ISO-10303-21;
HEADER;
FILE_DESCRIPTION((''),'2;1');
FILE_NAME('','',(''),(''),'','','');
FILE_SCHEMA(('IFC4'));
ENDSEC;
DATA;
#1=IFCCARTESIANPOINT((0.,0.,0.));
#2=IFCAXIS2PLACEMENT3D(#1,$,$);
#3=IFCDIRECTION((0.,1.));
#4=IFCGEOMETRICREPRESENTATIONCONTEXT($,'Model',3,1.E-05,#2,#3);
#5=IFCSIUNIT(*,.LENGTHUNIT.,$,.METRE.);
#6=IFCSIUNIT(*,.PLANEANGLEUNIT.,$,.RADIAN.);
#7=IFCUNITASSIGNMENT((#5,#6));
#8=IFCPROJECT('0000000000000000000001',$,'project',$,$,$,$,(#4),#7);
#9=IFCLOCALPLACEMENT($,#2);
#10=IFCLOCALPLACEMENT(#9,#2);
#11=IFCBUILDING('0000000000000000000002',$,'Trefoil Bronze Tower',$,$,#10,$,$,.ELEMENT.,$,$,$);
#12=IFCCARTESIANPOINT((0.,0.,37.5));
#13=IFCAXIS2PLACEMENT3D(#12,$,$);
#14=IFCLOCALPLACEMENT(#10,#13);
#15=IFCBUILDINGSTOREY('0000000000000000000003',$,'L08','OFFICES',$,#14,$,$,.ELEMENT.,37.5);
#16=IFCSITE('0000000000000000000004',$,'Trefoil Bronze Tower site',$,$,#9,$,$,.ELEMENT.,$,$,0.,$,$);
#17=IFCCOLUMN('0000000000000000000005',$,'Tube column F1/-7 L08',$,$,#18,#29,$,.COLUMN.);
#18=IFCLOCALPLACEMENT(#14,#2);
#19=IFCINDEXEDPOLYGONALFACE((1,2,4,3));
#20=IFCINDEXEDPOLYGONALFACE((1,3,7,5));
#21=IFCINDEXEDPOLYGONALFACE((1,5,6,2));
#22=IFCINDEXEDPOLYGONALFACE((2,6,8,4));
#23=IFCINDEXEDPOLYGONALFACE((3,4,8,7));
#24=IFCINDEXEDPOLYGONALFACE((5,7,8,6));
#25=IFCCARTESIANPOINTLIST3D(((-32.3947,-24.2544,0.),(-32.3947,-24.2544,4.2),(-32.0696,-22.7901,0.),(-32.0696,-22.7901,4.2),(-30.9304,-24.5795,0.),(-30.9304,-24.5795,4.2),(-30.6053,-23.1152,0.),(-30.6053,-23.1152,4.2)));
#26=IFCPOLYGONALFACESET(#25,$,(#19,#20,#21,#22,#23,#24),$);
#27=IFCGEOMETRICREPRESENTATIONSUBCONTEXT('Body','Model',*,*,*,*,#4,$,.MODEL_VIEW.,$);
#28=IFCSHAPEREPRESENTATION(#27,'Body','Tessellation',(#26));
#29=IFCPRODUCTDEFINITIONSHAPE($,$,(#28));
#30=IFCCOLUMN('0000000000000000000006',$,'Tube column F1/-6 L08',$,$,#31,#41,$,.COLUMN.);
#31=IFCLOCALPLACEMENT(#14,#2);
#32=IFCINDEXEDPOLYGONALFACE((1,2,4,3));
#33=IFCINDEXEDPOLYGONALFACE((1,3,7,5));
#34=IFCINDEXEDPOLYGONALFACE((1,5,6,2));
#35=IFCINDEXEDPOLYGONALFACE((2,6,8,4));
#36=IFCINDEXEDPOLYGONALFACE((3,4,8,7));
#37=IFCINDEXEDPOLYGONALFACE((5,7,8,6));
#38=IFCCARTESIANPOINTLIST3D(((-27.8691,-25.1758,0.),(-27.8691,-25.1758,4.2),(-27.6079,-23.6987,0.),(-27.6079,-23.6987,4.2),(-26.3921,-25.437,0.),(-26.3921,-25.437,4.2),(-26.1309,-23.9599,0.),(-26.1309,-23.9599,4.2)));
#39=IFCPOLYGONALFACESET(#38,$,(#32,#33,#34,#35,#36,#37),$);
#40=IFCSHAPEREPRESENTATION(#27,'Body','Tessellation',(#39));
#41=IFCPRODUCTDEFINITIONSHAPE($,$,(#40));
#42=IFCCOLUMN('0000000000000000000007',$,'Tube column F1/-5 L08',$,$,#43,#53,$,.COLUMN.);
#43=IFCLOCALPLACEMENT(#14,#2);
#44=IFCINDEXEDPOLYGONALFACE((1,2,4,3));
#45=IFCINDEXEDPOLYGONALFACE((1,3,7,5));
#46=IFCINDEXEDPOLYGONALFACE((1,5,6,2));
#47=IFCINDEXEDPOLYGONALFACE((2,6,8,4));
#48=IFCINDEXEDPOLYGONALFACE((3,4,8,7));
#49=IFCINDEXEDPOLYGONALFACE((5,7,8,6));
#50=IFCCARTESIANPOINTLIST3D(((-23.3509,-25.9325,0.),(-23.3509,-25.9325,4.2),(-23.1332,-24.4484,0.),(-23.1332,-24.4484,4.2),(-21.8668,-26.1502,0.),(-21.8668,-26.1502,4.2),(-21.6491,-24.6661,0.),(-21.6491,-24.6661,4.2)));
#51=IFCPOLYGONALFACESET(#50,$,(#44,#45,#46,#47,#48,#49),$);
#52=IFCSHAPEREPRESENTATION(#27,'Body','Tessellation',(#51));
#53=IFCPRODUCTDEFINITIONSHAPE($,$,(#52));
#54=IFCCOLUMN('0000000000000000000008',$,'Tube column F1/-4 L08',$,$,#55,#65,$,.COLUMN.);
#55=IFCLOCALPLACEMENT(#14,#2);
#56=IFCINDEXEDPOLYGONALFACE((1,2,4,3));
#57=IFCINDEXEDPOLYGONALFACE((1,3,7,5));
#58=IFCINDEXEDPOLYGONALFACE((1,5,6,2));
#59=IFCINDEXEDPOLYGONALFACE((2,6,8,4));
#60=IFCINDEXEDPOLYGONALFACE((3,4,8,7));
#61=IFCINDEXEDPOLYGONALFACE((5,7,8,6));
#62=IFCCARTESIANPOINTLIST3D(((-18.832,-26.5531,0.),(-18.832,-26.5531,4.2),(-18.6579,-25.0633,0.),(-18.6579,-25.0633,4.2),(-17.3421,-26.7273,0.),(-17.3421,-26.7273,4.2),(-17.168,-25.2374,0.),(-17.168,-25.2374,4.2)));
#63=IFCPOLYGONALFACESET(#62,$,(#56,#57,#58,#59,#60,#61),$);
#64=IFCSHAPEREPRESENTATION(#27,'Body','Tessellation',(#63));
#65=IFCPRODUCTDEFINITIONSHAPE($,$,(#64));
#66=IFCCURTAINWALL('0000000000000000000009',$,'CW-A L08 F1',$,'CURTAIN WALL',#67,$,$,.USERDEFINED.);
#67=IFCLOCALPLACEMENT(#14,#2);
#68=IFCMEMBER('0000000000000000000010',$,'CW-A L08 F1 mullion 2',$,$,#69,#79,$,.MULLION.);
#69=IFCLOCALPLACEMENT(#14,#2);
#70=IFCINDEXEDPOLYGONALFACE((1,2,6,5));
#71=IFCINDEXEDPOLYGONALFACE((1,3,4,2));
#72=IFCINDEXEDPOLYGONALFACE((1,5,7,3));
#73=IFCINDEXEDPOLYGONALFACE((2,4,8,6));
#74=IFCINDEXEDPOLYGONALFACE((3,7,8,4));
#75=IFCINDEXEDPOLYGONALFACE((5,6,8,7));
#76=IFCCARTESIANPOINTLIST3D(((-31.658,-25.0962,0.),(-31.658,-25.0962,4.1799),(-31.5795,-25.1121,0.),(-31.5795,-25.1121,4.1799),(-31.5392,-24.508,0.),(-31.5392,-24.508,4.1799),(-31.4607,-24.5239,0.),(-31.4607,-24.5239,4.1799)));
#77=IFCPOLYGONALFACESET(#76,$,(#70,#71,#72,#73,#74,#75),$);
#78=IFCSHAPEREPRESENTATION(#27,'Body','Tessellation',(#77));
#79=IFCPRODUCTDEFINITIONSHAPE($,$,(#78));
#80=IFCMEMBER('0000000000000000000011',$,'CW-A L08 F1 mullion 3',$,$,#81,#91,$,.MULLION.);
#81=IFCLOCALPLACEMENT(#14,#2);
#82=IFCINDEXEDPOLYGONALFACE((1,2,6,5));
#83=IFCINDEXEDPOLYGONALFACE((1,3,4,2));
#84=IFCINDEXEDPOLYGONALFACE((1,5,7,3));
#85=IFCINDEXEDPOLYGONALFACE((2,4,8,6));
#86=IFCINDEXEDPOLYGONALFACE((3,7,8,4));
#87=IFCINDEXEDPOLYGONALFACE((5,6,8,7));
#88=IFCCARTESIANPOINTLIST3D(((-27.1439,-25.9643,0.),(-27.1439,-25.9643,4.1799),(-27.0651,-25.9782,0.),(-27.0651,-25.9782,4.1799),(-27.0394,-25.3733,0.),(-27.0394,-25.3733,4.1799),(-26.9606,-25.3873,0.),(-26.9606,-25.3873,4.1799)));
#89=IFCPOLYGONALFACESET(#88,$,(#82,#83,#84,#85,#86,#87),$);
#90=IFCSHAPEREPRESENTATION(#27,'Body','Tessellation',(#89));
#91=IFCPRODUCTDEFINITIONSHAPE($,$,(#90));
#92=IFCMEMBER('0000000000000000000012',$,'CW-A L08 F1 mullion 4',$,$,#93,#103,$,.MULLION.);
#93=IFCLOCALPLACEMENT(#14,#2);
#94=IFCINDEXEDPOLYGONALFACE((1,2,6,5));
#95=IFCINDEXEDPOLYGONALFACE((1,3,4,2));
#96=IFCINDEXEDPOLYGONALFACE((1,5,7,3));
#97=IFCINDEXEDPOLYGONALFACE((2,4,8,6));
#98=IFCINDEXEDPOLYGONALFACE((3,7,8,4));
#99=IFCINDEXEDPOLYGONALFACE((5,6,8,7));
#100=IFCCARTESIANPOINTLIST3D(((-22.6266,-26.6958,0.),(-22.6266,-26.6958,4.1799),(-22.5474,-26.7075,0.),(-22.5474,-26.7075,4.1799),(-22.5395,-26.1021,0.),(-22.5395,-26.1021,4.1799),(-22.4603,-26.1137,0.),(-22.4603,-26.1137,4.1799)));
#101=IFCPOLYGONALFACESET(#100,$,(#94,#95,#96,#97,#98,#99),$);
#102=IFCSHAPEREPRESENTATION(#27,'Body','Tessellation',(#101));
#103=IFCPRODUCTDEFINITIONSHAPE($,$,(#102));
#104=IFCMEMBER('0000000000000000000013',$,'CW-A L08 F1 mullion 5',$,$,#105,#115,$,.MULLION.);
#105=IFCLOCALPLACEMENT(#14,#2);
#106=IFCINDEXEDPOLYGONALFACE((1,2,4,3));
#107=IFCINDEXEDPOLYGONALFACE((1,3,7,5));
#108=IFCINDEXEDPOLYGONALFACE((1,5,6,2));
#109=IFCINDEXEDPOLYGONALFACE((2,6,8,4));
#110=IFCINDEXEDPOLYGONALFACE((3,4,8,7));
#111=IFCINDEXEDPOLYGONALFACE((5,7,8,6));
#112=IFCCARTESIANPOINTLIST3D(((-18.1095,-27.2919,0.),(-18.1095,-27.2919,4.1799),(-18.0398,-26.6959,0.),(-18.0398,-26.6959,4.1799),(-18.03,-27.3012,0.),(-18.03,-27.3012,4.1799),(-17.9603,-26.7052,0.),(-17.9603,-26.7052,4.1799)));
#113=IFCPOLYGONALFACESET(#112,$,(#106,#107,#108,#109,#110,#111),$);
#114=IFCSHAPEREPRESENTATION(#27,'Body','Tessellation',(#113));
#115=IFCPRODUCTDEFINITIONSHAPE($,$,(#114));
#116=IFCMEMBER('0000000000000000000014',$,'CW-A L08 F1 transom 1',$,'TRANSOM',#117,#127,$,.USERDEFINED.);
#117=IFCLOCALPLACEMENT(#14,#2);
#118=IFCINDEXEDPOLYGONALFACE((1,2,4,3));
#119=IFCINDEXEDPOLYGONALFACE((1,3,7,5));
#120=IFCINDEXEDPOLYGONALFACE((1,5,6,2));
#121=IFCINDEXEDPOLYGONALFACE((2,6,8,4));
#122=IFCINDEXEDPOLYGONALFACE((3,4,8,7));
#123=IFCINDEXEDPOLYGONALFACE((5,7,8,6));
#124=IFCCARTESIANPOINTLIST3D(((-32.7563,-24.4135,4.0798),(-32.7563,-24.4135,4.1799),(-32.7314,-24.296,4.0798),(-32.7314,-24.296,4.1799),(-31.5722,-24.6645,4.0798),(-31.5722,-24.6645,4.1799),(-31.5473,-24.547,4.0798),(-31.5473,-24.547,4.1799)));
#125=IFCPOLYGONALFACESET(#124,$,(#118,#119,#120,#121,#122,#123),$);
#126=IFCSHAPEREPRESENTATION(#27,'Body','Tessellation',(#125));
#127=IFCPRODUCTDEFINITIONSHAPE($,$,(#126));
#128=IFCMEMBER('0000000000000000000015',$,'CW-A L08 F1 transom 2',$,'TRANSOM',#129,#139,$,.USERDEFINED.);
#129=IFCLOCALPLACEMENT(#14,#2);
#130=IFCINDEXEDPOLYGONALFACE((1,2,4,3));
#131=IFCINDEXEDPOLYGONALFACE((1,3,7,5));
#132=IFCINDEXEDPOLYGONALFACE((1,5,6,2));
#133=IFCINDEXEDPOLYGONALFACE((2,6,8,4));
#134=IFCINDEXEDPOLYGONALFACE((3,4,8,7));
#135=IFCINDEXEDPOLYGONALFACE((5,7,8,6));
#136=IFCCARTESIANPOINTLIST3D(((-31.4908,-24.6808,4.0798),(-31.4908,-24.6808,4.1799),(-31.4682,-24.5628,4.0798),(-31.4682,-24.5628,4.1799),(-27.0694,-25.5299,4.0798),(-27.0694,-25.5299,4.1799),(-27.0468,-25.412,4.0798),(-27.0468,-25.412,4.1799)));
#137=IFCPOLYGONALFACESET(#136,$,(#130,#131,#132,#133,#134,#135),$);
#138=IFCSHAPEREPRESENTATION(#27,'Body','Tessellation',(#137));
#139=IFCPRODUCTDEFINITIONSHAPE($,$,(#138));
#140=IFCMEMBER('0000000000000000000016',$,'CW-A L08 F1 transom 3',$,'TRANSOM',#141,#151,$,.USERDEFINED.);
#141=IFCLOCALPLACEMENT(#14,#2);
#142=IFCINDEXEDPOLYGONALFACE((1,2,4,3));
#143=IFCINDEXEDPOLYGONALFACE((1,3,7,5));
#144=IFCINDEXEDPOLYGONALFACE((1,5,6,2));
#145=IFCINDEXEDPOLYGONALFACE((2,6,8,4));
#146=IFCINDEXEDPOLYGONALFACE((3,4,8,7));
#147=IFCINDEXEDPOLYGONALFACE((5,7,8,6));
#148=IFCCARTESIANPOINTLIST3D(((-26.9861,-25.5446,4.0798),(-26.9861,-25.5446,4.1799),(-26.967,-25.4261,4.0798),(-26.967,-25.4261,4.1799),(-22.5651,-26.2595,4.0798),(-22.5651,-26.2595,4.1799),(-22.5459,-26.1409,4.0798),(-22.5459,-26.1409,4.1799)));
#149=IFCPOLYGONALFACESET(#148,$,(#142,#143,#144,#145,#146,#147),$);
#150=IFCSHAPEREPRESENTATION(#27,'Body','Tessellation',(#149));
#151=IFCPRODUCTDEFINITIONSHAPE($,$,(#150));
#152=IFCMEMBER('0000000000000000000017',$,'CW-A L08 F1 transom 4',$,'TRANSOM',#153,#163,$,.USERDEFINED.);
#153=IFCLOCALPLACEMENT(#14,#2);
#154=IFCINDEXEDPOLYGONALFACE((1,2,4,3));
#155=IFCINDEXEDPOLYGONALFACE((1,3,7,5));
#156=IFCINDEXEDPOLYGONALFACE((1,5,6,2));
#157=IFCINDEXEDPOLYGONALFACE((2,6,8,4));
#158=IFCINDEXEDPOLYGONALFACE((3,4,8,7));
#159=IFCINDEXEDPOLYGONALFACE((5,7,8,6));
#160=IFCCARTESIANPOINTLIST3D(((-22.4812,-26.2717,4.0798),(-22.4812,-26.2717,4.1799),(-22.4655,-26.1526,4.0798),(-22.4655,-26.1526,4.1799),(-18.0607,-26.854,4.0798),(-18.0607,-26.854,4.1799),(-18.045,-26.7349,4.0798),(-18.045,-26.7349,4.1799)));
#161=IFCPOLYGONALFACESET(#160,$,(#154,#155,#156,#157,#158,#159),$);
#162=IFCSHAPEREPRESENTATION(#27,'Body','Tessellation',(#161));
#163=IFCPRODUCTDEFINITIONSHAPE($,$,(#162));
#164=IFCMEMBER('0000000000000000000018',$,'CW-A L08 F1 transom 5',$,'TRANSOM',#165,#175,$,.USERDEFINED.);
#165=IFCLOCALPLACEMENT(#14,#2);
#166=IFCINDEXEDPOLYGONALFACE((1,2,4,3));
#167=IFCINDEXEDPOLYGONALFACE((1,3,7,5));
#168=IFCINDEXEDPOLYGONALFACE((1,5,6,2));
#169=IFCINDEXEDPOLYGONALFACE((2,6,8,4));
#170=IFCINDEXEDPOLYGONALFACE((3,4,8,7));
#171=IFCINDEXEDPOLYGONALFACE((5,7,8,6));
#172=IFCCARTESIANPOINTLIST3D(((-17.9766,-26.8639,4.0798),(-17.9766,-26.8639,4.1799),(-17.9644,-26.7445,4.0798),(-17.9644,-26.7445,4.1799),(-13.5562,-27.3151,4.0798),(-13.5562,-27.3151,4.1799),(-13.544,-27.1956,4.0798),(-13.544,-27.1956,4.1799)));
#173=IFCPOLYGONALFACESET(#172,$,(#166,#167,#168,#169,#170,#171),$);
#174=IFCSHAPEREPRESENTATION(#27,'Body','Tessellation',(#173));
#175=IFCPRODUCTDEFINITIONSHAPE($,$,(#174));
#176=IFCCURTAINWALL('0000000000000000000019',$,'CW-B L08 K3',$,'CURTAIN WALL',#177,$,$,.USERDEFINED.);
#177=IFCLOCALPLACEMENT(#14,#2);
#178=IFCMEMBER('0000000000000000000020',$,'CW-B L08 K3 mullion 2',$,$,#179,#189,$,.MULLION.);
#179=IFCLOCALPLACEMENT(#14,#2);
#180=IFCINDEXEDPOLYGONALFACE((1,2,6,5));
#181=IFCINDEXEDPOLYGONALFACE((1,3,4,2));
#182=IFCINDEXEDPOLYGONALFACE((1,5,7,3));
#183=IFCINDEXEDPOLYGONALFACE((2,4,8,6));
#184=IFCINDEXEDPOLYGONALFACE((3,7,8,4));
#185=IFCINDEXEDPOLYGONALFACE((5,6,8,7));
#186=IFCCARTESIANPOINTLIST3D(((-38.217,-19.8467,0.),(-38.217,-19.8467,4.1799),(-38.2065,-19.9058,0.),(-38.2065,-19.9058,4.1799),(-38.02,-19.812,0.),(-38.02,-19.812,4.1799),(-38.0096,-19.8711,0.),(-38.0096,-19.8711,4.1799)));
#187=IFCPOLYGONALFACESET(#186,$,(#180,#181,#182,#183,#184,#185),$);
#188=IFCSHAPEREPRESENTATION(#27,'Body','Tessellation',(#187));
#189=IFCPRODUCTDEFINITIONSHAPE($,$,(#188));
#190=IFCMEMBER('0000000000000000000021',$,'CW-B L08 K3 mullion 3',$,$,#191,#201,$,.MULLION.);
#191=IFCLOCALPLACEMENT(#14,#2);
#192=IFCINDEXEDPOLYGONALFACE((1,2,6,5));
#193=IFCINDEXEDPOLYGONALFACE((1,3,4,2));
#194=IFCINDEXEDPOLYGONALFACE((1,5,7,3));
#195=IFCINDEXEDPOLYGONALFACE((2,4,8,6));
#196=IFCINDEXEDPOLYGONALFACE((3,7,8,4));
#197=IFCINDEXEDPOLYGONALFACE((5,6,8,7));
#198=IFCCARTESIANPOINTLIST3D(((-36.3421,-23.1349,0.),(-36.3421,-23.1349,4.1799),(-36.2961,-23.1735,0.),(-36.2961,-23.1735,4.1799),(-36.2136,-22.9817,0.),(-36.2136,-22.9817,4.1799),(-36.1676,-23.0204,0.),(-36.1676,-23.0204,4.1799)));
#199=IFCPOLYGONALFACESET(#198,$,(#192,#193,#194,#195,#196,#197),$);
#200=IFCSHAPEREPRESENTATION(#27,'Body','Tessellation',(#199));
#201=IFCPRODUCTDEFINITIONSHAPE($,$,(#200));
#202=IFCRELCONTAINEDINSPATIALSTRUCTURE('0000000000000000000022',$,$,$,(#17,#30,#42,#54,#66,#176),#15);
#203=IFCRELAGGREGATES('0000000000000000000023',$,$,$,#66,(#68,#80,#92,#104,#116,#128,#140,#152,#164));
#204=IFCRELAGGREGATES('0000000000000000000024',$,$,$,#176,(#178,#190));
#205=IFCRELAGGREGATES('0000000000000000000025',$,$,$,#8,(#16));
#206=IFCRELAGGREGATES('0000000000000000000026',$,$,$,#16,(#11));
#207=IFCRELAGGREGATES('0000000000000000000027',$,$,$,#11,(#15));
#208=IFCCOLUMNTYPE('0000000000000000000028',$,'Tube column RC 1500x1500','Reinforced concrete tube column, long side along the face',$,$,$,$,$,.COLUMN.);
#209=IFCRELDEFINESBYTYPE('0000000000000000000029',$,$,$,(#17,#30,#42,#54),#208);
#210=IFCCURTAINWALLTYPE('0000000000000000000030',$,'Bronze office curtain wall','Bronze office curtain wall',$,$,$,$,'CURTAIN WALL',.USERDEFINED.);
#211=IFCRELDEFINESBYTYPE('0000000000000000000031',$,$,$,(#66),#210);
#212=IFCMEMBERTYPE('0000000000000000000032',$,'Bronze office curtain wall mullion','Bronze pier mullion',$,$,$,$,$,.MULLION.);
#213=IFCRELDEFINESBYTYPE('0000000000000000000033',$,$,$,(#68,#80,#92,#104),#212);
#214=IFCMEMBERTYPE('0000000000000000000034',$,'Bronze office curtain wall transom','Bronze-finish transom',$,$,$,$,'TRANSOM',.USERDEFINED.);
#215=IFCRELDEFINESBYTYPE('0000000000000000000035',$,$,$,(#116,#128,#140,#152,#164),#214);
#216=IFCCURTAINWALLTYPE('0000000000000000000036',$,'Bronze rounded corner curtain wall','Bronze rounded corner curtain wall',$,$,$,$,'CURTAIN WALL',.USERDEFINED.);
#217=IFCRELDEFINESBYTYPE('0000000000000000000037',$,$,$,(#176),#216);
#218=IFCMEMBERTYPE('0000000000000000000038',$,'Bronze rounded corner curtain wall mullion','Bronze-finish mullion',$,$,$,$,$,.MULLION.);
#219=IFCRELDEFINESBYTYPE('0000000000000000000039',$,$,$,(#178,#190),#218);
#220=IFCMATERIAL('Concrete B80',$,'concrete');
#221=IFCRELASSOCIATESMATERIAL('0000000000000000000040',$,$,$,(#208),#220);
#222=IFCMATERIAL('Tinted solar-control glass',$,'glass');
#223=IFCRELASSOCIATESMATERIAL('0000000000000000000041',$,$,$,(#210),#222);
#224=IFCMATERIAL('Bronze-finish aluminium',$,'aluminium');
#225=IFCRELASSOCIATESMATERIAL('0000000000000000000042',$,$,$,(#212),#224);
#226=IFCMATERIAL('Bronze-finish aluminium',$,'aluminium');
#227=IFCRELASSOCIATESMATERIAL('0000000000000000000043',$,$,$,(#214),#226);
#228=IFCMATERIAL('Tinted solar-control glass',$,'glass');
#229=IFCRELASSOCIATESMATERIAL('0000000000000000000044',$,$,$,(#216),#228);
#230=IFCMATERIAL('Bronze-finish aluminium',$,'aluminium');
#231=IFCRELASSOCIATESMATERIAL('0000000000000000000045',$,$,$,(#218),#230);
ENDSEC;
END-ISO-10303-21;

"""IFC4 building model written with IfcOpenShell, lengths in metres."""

from ifc_helpers import new_model, si_unit, direction, frame, origin, origin_2d, place, context, subcontext, project, spatial, rectangle, extrude, material, material_profile, profile_set, type_object, element, aggregate, save


model = new_model("IFC4")

# Units and contexts
model_context = context("Model", 3, precision=1e-05, world=origin(), true_north=direction((0.0, 1.0)))
body_context = subcontext(model_context, "Body", "Model", "MODEL_VIEW")
ifc_project = project(units=[si_unit("LENGTHUNIT", "METRE"), si_unit("PLANEANGLEUNIT", "RADIAN")], contexts=[model_context])

# Site, building, storey
site_placement = place(None, origin())
site = spatial("IfcSite", under=ifc_project, at=site_placement, Name="Trefoil Bronze Tower site", CompositionType="ELEMENT", RefElevation=0.0)
building_placement = place(site_placement, origin())
building = spatial("IfcBuilding", under=site, at=building_placement, Name="Trefoil Bronze Tower", CompositionType="ELEMENT")
storey_placement = place(building_placement, frame((0.0, 0.0, 37.5)))
storey = spatial("IfcBuildingStorey", under=building, at=storey_placement, Name="L08", Description="OFFICES", CompositionType="ELEMENT", Elevation=37.5)

# Columns
ifc_material_1 = material(Name="Concrete B80", Category="concrete")
ifc_material_profile_1 = material_profile(ifc_material_1, rectangle(XDim=1.5, YDim=1.5, at=origin_2d()), Name="RC 1500x1500")
ifc_profile_set_1 = profile_set([ifc_material_profile_1], Name="Concrete B80")
column_type = type_object("IfcColumnType", Name="Tube column RC 1500x1500", Description="Reinforced concrete tube column, long side along the face", PredefinedType="COLUMN", material=ifc_profile_set_1)
for number, where, z_axis, x_axis, name in (
    (1, (-31.5, -23.6848, 0.0), (0.0, 0.0, 1.0), (0.97623, -0.216739, 0.0), "Tube column F1/-7 L08"),
    (2, (-27.0, -24.5679, 0.0), (0.0, 0.0, 1.0), (0.984722, -0.174131, 0.0), "Tube column F1/-6 L08"),
    (3, (-22.5, -25.2993, 0.0), (0.0, 0.0, 1.0), (0.989416, -0.145109, 0.0), "Tube column F1/-5 L08"),
    (4, (-18.0, -25.8953, 0.0), (0.0, 0.0, 1.0), (0.993239, -0.116087, 0.0), "Tube column F1/-4 L08"),
):
    element("IfcColumn", number, at=place(storey_placement, frame(where, z_axis=z_axis, x_axis=x_axis)), inside=storey, type_object=column_type, Name=name, PredefinedType="COLUMN", context=body_context, shape_type="SweptSolid", body=[
        extrude(rectangle(XDim=1.5, YDim=1.5, at=origin_2d()), origin(), (0.0, 0.0, 1.0), 4.2),
    ])

# Curtain walls, members
ifc_material_2 = material(Name="Tinted solar-control glass", Category="glass")
curtain_wall_type_1 = type_object("IfcCurtainWallType", Name="Bronze office curtain wall", Description="Bronze office curtain wall", ElementType="CURTAIN WALL", PredefinedType="USERDEFINED", material=ifc_material_2)
curtain_wall_1_placement = place(storey_placement, origin())
curtain_wall_1 = element("IfcCurtainWall", 5, at=curtain_wall_1_placement, inside=storey, type_object=curtain_wall_type_1, Name="CW-A L08 F1", ObjectType="CURTAIN WALL", PredefinedType="USERDEFINED")
ifc_material_3 = material(Name="Bronze-finish aluminium", Category="aluminium")
ifc_material_profile_2 = material_profile(ifc_material_3, rectangle(XDim=0.6001, YDim=0.0801, at=origin_2d()), Name="CW-A mullion")
ifc_profile_set_2 = profile_set([ifc_material_profile_2], Name="Bronze-finish aluminium")
member_type_1 = type_object("IfcMemberType", Name="Bronze office curtain wall mullion", Description="Bronze pier mullion", PredefinedType="MULLION", material=ifc_profile_set_2)
member_1_placement = place(storey_placement, frame((-31.5593, -24.8101, 0.0), z_axis=(0.0, 0.0, 1.0), x_axis=(0.19791, 0.98022, 0.0)))
member_1 = element("IfcMember", 6, at=member_1_placement, type_object=member_type_1, Name="CW-A L08 F1 mullion 2", PredefinedType="MULLION", context=body_context, shape_type="SweptSolid", body=[
    extrude(rectangle(XDim=0.6001, YDim=0.0801, at=origin_2d()), origin(), (0.0, 0.0, 1.0), 4.1799),
])
member_2_placement = place(storey_placement, frame((-27.0522, -25.6758, 0.0), z_axis=(0.0, 0.0, 1.0), x_axis=(0.174131, 0.984722, 0.0)))
member_2 = element("IfcMember", 7, at=member_2_placement, type_object=member_type_1, Name="CW-A L08 F1 mullion 3", PredefinedType="MULLION", context=body_context, shape_type="SweptSolid", body=[
    extrude(rectangle(XDim=0.6001, YDim=0.0801, at=origin_2d()), origin(), (0.0, 0.0, 1.0), 4.1799),
])
member_3_placement = place(storey_placement, frame((-22.5435, -26.4048, 0.0), z_axis=(0.0, 0.0, 1.0), x_axis=(0.145109, 0.989416, 0.0)))
member_3 = element("IfcMember", 8, at=member_3_placement, type_object=member_type_1, Name="CW-A L08 F1 mullion 4", PredefinedType="MULLION", context=body_context, shape_type="SweptSolid", body=[
    extrude(rectangle(XDim=0.6001, YDim=0.0801, at=origin_2d()), origin(), (0.0, 0.0, 1.0), 4.1799),
])
member_4_placement = place(storey_placement, frame((-18.0349, -26.9985, 0.0), z_axis=(0.0, 0.0, 1.0), x_axis=(0.116087, 0.993239, 0.0)))
member_4 = element("IfcMember", 9, at=member_4_placement, type_object=member_type_1, Name="CW-A L08 F1 mullion 5", PredefinedType="MULLION", context=body_context, shape_type="SweptSolid", body=[
    extrude(rectangle(XDim=0.6001, YDim=0.0801, at=origin_2d()), origin(), (0.0, 0.0, 1.0), 4.1799),
])
ifc_material_4 = material(Name="Bronze-finish aluminium", Category="aluminium")
ifc_material_profile_3 = material_profile(ifc_material_4, rectangle(XDim=0.1201, YDim=0.1001, at=origin_2d()), Name="CW-A transom")
ifc_profile_set_3 = profile_set([ifc_material_profile_3], Name="Bronze-finish aluminium")
member_type_2 = type_object("IfcMemberType", Name="Bronze office curtain wall transom", Description="Bronze-finish transom", ElementType="TRANSOM", PredefinedType="USERDEFINED", material=ifc_profile_set_3)
member_5_placement = place(storey_placement, frame((-32.7439, -24.3547, 4.1299), z_axis=(0.978266, -0.207352, 0.0), x_axis=(0.207352, 0.978266, 0.0)))
member_5 = element("IfcMember", 10, at=member_5_placement, type_object=member_type_2, Name="CW-A L08 F1 transom 1", ObjectType="TRANSOM", PredefinedType="USERDEFINED", context=body_context, shape_type="SweptSolid", body=[
    extrude(rectangle(XDim=0.1201, YDim=0.1001, at=origin_2d()), origin(), (0.0, 0.0, 1.0), 1.2104),
])
member_6_placement = place(storey_placement, frame((-31.4795, -24.6218, 4.1299), z_axis=(0.982054, -0.188602, 0.0), x_axis=(0.188602, 0.982054, 0.0)))
member_6 = element("IfcMember", 11, at=member_6_placement, type_object=member_type_2, Name="CW-A L08 F1 transom 2", ObjectType="TRANSOM", PredefinedType="USERDEFINED", context=body_context, shape_type="SweptSolid", body=[
    extrude(rectangle(XDim=0.1201, YDim=0.1001, at=origin_2d()), origin(), (0.0, 0.0, 1.0), 4.5022),
])
member_7_placement = place(storey_placement, frame((-26.9766, -25.4854, 4.1299), z_axis=(0.987179, -0.159615, 0.0), x_axis=(0.159615, 0.987179, 0.0)))
member_7 = element("IfcMember", 12, at=member_7_placement, type_object=member_type_2, Name="CW-A L08 F1 transom 3", ObjectType="TRANSOM", PredefinedType="USERDEFINED", context=body_context, shape_type="SweptSolid", body=[
    extrude(rectangle(XDim=0.1201, YDim=0.1001, at=origin_2d()), origin(), (0.0, 0.0, 1.0), 4.4785),
])
member_8_placement = place(storey_placement, frame((-22.4734, -26.2122, 4.1299), z_axis=(0.991437, -0.130589, 0.0), x_axis=(0.130589, 0.991437, 0.0)))
member_8 = element("IfcMember", 13, at=member_8_placement, type_object=member_type_2, Name="CW-A L08 F1 transom 4", ObjectType="TRANSOM", PredefinedType="USERDEFINED", context=body_context, shape_type="SweptSolid", body=[
    extrude(rectangle(XDim=0.1201, YDim=0.1001, at=origin_2d()), origin(), (0.0, 0.0, 1.0), 4.4587),
])
member_9_placement = place(storey_placement, frame((-17.9705, -26.8042, 4.1299), z_axis=(0.994832, -0.101538, 0.0), x_axis=(0.101538, 0.994832, 0.0)))
member_9 = element("IfcMember", 14, at=member_9_placement, type_object=member_type_2, Name="CW-A L08 F1 transom 5", ObjectType="TRANSOM", PredefinedType="USERDEFINED", context=body_context, shape_type="SweptSolid", body=[
    extrude(rectangle(XDim=0.1201, YDim=0.1001, at=origin_2d()), origin(), (0.0, 0.0, 1.0), 4.4434),
])
ifc_material_5 = material(Name="Tinted solar-control glass", Category="glass")
curtain_wall_type_2 = type_object("IfcCurtainWallType", Name="Bronze rounded corner curtain wall", Description="Bronze rounded corner curtain wall", ElementType="CURTAIN WALL", PredefinedType="USERDEFINED", material=ifc_material_5)
curtain_wall_2_placement = place(storey_placement, origin())
curtain_wall_2 = element("IfcCurtainWall", 15, at=curtain_wall_2_placement, inside=storey, type_object=curtain_wall_type_2, Name="CW-B L08 K3", ObjectType="CURTAIN WALL", PredefinedType="USERDEFINED")
ifc_material_6 = material(Name="Bronze-finish aluminium", Category="aluminium")
ifc_material_profile_4 = material_profile(ifc_material_6, rectangle(XDim=0.2, YDim=0.0601, at=origin_2d()), Name="CW-B mullion")
ifc_profile_set_4 = profile_set([ifc_material_profile_4], Name="Bronze-finish aluminium")
member_type_3 = type_object("IfcMemberType", Name="Bronze rounded corner curtain wall mullion", Description="Bronze-finish mullion", PredefinedType="MULLION", material=ifc_profile_set_4)
member_10_placement = place(storey_placement, frame((-38.1133, -19.8589, 0.0), z_axis=(0.0, 0.0, 1.0), x_axis=(0.984808, 0.173648, 0.0)))
member_10 = element("IfcMember", 16, at=member_10_placement, type_object=member_type_3, Name="CW-B L08 K3 mullion 2", PredefinedType="MULLION", context=body_context, shape_type="SweptSolid", body=[
    extrude(rectangle(XDim=0.2, YDim=0.0601, at=origin_2d()), origin(), (0.0, 0.0, 1.0), 4.1799),
])
member_11_placement = place(storey_placement, frame((-36.2549, -23.0776, 0.0), z_axis=(0.0, 0.0, 1.0), x_axis=(0.642788, 0.766044, 0.0)))
member_11 = element("IfcMember", 17, at=member_11_placement, type_object=member_type_3, Name="CW-B L08 K3 mullion 3", PredefinedType="MULLION", context=body_context, shape_type="SweptSolid", body=[
    extrude(rectangle(XDim=0.2, YDim=0.0601, at=origin_2d()), origin(), (0.0, 0.0, 1.0), 4.1799),
])

aggregate(curtain_wall_1, [member_1, member_2, member_3, member_4, member_5, member_6, member_7, member_8, member_9])
aggregate(curtain_wall_2, [member_10, member_11])

save(model, "model.ifc")
